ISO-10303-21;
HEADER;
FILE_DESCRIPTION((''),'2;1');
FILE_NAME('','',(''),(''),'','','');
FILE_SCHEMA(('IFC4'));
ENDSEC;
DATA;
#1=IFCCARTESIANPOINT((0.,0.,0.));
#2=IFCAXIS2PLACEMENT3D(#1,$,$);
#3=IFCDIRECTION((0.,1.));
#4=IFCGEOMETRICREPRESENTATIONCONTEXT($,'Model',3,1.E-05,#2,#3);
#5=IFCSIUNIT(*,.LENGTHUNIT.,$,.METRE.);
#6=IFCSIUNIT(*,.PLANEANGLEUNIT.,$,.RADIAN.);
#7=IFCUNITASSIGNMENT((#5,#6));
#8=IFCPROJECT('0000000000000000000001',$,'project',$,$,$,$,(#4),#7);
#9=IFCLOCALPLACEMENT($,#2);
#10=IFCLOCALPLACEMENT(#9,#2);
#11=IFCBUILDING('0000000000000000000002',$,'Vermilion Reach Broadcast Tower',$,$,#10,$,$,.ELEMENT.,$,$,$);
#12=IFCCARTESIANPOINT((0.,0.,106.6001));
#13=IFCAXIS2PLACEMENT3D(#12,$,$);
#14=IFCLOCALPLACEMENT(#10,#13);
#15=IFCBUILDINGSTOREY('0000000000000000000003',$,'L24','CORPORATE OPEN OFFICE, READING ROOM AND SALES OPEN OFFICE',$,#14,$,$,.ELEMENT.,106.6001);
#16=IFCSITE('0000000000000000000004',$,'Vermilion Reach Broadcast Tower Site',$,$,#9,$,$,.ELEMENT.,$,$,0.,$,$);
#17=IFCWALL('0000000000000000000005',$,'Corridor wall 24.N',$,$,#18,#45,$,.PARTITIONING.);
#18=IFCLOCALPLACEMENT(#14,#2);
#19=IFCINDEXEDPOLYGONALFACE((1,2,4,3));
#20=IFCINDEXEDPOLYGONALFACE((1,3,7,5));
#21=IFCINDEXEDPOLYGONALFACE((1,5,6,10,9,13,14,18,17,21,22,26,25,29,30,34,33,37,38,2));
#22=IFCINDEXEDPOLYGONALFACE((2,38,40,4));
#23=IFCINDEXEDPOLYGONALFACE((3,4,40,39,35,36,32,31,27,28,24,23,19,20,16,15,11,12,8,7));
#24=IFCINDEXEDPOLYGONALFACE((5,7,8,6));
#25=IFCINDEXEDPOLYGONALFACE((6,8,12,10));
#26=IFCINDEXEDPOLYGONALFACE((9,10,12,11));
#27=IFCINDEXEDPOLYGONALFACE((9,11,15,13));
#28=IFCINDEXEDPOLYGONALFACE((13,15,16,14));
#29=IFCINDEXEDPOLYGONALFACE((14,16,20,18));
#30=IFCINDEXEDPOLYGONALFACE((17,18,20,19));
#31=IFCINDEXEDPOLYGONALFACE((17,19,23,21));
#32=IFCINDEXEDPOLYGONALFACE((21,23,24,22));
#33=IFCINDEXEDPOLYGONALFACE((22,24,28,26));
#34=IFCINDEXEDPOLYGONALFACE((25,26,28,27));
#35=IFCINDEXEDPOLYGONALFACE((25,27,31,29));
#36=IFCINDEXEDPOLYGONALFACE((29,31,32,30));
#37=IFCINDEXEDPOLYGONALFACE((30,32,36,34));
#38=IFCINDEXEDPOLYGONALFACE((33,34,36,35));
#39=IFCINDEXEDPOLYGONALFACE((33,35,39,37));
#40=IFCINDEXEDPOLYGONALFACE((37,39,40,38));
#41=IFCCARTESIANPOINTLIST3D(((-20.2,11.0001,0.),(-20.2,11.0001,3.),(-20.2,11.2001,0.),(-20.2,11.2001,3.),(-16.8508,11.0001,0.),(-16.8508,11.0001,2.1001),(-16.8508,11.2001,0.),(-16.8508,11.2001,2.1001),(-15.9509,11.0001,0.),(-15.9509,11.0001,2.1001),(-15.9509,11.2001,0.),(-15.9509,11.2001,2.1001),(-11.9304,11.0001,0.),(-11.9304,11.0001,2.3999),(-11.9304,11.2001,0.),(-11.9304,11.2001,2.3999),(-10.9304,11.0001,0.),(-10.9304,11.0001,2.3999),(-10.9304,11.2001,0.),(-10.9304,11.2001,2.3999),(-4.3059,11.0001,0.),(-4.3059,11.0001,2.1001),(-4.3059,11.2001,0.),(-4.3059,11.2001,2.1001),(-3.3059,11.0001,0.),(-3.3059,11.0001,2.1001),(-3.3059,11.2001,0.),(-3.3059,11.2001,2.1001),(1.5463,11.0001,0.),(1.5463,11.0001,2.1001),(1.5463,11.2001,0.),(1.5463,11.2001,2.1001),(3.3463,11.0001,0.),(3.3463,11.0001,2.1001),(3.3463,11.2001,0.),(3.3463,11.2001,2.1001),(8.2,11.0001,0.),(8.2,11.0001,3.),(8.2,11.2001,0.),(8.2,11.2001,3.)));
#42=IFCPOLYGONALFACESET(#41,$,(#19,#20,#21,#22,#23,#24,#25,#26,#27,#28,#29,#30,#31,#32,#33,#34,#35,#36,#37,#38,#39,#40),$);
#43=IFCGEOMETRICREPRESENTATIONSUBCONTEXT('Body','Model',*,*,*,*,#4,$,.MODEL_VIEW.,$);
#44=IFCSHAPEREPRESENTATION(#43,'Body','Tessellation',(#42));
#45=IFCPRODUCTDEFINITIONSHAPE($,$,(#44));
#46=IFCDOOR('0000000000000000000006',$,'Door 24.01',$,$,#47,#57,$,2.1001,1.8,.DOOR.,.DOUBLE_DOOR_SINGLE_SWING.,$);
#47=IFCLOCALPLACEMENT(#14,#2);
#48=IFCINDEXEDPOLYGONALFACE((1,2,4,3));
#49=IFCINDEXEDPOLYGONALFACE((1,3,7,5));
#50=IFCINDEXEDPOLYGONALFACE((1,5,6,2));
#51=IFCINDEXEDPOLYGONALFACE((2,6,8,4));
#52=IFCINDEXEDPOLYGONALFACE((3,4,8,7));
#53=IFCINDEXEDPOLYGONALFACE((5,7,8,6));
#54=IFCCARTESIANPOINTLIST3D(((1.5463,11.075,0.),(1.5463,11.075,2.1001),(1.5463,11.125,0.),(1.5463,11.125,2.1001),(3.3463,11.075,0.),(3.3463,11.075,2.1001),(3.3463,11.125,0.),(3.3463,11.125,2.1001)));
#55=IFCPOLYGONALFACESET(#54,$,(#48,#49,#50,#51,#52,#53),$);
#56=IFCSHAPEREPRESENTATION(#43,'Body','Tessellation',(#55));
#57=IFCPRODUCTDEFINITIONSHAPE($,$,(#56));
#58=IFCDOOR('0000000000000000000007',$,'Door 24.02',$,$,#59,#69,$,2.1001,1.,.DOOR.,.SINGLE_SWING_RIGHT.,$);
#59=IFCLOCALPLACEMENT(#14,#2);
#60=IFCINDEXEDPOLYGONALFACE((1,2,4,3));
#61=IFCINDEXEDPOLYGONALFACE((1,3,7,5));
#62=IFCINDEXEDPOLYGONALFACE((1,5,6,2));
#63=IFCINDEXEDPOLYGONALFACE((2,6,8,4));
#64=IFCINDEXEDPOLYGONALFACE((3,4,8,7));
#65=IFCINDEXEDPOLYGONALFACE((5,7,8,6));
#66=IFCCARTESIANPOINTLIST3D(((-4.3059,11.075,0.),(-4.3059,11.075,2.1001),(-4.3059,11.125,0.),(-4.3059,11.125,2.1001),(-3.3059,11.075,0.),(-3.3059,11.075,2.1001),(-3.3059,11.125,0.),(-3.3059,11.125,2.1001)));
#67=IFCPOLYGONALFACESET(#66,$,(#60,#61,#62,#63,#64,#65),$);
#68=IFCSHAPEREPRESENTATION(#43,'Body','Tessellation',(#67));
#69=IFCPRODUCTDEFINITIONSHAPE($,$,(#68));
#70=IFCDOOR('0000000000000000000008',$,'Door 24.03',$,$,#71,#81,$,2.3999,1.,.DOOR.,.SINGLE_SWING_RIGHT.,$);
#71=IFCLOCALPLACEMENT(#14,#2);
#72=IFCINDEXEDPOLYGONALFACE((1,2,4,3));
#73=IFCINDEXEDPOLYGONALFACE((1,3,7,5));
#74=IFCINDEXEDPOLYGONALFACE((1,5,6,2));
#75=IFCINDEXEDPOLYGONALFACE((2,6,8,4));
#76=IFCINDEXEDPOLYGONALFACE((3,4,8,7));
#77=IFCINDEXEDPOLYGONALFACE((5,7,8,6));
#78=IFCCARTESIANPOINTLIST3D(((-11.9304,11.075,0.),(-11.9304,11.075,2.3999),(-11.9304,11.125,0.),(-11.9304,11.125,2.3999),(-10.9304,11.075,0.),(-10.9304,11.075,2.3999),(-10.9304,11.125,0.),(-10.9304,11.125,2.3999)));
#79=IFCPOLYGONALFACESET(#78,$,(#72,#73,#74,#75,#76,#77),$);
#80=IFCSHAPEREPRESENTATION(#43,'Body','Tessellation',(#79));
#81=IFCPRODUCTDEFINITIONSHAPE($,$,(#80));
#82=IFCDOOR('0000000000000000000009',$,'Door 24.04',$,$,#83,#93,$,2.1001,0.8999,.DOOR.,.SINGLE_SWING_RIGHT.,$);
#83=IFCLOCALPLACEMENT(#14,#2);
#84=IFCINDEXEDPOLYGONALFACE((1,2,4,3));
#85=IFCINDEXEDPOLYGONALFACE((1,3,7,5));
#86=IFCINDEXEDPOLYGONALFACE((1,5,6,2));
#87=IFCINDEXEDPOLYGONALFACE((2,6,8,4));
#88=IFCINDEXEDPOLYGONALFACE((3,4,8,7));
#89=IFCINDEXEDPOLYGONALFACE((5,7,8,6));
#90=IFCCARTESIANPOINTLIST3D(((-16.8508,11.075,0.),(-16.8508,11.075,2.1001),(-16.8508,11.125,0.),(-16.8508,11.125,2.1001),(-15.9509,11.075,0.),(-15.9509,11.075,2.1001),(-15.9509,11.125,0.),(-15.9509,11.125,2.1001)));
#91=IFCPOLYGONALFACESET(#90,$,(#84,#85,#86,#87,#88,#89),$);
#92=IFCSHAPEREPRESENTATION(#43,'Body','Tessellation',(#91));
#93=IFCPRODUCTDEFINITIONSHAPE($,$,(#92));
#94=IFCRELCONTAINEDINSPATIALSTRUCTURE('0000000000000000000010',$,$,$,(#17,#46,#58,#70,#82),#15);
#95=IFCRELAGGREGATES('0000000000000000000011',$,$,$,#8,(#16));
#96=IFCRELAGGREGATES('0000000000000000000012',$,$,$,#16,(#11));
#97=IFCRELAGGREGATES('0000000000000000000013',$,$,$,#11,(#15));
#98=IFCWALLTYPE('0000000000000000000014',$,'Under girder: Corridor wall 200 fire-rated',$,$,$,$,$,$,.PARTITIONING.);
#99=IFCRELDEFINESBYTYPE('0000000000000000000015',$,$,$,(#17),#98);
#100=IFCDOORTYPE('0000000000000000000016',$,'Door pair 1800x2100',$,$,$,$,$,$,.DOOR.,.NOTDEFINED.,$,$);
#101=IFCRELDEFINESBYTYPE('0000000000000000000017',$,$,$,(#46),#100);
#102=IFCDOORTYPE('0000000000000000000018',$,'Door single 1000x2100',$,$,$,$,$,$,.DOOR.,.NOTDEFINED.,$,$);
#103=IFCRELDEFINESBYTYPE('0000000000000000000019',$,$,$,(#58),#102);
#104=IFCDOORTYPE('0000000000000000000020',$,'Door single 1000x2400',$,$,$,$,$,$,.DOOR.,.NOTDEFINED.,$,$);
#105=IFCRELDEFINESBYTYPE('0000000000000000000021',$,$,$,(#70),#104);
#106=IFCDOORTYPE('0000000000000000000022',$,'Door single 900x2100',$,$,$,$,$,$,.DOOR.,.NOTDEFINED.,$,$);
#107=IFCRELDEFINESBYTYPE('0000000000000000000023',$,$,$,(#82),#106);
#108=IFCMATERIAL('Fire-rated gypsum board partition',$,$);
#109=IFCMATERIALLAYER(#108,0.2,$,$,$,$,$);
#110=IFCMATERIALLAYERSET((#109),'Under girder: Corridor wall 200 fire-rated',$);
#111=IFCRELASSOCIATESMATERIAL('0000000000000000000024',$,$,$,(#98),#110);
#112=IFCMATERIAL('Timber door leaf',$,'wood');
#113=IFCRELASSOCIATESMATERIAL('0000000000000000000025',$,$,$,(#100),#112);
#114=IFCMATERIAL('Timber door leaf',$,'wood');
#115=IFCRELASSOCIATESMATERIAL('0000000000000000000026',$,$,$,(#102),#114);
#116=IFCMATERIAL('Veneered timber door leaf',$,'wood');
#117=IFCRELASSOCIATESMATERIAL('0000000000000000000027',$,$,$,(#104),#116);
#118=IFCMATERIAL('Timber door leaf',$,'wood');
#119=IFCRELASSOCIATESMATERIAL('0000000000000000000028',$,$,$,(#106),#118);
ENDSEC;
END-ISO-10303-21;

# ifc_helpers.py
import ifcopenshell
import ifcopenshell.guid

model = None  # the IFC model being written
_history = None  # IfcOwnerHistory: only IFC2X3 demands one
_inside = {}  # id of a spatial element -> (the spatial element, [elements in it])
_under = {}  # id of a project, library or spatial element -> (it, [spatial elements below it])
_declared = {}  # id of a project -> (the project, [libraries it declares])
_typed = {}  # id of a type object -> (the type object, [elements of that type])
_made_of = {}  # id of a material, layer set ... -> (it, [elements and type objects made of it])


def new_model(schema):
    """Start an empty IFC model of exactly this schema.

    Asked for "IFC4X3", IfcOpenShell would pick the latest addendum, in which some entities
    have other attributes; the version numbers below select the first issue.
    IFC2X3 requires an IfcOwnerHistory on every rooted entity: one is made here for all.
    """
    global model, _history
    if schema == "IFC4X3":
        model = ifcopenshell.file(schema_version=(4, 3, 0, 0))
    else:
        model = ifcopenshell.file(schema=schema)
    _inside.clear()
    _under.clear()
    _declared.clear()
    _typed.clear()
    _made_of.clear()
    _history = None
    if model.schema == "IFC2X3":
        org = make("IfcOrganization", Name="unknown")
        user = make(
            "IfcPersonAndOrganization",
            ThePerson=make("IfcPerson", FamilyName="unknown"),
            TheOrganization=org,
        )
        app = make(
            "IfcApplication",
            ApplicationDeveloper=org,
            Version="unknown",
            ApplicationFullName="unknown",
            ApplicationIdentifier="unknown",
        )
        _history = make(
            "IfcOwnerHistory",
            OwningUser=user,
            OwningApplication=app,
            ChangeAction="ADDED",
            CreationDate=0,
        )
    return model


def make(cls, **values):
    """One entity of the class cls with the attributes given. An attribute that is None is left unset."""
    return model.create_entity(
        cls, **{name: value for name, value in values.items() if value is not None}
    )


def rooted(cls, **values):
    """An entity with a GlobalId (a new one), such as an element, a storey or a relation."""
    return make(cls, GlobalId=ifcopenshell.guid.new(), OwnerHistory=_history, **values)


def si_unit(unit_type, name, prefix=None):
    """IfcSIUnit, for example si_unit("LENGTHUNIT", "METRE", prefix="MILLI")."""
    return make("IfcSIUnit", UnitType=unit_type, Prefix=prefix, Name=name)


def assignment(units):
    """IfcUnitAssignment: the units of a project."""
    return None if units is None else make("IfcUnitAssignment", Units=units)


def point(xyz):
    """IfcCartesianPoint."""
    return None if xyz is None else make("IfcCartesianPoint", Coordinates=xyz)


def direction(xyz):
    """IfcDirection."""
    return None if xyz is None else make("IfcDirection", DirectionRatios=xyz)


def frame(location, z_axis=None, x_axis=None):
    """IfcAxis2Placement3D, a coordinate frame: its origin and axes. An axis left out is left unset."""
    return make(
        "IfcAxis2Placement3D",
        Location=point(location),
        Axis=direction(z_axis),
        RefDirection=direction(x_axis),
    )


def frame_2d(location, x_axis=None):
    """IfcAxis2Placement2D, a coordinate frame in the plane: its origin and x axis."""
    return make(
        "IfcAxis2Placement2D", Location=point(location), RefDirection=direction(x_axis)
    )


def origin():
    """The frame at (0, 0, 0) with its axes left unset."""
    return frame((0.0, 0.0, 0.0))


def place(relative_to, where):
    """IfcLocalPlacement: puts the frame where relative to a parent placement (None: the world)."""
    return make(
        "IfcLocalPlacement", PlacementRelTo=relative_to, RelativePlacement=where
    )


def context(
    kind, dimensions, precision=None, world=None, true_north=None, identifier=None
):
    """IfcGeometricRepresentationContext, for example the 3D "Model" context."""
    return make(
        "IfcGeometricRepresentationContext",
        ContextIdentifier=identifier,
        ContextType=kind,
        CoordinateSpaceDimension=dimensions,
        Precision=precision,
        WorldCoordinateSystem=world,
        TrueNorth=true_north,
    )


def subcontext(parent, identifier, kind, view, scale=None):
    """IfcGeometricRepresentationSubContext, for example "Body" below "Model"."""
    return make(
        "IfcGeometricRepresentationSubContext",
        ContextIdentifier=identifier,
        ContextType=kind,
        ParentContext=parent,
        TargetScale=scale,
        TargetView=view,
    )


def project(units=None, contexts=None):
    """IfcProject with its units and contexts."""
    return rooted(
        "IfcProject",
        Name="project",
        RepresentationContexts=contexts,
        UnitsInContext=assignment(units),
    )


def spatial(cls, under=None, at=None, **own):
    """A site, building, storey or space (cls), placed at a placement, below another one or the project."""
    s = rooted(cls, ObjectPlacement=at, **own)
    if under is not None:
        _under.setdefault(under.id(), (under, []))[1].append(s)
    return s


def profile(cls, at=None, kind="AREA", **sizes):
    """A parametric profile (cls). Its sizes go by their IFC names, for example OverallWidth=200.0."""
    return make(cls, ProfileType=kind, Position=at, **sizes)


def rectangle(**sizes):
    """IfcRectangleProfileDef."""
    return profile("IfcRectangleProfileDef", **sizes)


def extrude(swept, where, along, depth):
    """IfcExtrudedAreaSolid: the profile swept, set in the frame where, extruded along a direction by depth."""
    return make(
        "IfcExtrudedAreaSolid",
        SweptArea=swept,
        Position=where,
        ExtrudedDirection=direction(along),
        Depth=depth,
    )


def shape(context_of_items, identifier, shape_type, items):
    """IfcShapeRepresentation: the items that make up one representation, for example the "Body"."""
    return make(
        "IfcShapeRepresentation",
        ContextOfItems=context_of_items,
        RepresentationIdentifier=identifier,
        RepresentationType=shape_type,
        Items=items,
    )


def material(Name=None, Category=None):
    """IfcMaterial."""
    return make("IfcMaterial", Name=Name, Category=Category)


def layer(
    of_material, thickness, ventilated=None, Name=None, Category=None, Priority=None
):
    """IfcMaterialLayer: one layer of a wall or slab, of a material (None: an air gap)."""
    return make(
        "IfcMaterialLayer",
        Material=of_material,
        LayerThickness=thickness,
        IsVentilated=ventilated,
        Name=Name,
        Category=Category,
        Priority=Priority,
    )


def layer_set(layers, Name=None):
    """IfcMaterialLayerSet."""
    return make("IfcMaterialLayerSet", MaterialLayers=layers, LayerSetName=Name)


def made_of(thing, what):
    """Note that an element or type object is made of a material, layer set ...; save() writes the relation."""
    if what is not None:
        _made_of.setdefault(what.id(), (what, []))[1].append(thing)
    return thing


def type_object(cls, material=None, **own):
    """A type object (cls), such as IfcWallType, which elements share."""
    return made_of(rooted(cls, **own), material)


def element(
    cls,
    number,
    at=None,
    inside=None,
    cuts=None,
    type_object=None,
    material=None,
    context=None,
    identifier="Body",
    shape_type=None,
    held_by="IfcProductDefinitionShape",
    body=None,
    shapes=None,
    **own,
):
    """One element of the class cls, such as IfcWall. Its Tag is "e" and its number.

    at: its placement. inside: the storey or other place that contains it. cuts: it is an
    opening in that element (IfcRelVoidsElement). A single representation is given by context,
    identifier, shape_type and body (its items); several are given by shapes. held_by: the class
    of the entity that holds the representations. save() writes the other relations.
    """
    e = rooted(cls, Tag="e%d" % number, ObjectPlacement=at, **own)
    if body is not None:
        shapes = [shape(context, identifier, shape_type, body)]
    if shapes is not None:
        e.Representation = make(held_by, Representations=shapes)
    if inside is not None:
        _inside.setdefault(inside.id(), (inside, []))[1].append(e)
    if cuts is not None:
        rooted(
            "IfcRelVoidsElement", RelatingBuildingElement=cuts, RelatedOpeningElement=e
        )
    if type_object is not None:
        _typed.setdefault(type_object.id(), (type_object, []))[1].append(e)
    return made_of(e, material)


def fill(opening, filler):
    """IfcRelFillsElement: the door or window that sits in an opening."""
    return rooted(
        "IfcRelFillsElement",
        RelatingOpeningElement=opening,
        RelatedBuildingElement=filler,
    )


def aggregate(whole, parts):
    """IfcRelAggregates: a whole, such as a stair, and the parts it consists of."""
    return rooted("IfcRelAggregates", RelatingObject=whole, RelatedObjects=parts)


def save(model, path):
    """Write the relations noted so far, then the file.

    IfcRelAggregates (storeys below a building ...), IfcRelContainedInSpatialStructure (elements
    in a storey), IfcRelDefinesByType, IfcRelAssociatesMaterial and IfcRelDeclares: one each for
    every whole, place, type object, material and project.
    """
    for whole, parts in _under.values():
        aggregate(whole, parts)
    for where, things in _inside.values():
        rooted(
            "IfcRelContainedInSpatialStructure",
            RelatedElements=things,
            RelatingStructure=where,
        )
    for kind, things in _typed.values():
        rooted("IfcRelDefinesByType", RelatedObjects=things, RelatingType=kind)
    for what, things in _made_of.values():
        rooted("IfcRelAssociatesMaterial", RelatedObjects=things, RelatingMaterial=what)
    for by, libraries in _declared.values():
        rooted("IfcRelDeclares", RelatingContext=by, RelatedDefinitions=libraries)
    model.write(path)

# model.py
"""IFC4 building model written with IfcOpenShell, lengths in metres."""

from ifc_helpers import new_model, si_unit, direction, frame, frame_2d, origin, place, context, subcontext, project, spatial, rectangle, extrude, material, layer, layer_set, type_object, element, fill, save


model = new_model("IFC4")

# Units and contexts
model_context = context("Model", 3, precision=1e-05, world=origin(), true_north=direction((0.0, 1.0)))
body_context = subcontext(model_context, "Body", "Model", "MODEL_VIEW")
ifc_project = project(units=[si_unit("LENGTHUNIT", "METRE"), si_unit("PLANEANGLEUNIT", "RADIAN")], contexts=[model_context])

# Site, building, storey
site_placement = place(None, origin())
site = spatial("IfcSite", under=ifc_project, at=site_placement, Name="Vermilion Reach Broadcast Tower Site", CompositionType="ELEMENT", RefElevation=0.0)
building_placement = place(site_placement, origin())
building = spatial("IfcBuilding", under=site, at=building_placement, Name="Vermilion Reach Broadcast Tower", CompositionType="ELEMENT")
storey_placement = place(building_placement, frame((0.0, 0.0, 106.6001)))
storey = spatial("IfcBuildingStorey", under=building, at=storey_placement, Name="L24", Description="CORPORATE OPEN OFFICE, READING ROOM AND SALES OPEN OFFICE", CompositionType="ELEMENT", Elevation=106.6001)

# Wall, openings, doors
ifc_material_1 = material(Name="Fire-rated gypsum board partition")
ifc_layer_1 = layer(ifc_material_1, 0.2)
ifc_layer_set_1 = layer_set([ifc_layer_1], Name="Under girder: Corridor wall 200 fire-rated")
wall_type_1 = type_object("IfcWallType", Name="Under girder: Corridor wall 200 fire-rated", PredefinedType="PARTITIONING", material=ifc_layer_set_1)
wall_1_placement = place(storey_placement, frame((-20.2, 11.1001, 0.0), z_axis=(0.0, 0.0, 1.0), x_axis=(1.0, 0.0, 0.0)))
wall_1 = element("IfcWall", 1, at=wall_1_placement, inside=storey, type_object=wall_type_1, Name="Corridor wall 24.N", PredefinedType="PARTITIONING", context=body_context, shape_type="SweptSolid", body=[
    extrude(rectangle(XDim=28.3999, YDim=0.2, at=frame_2d((14.2, 0.0))), origin(), (0.0, 0.0, 1.0), 3.0),
])
opening_1_placement = place(wall_1_placement, frame((21.7463, 0.0, 0.0)))
opening_1 = element("IfcOpeningElement", 2, at=opening_1_placement, cuts=wall_1, PredefinedType="OPENING", context=body_context, shape_type="SweptSolid", body=[
    extrude(rectangle(XDim=1.8, YDim=2.1001, at=frame_2d((0.8999, 1.05))), frame((0.0, 0.1099, 0.0), z_axis=(0.0, -1.0, 0.0), x_axis=(1.0, 0.0, 0.0)), (0.0, 0.0, 1.0), 0.22),
])
opening_2_placement = place(wall_1_placement, frame((15.894, 0.0, 0.0)))
opening_2 = element("IfcOpeningElement", 3, at=opening_2_placement, cuts=wall_1, PredefinedType="OPENING", context=body_context, shape_type="SweptSolid", body=[
    extrude(rectangle(XDim=1.0, YDim=2.1001, at=frame_2d((0.5, 1.05))), frame((0.0, 0.1099, 0.0), z_axis=(0.0, -1.0, 0.0), x_axis=(1.0, 0.0, 0.0)), (0.0, 0.0, 1.0), 0.22),
])
opening_3_placement = place(wall_1_placement, frame((8.2695, 0.0, 0.0)))
opening_3 = element("IfcOpeningElement", 4, at=opening_3_placement, cuts=wall_1, PredefinedType="OPENING", context=body_context, shape_type="SweptSolid", body=[
    extrude(rectangle(XDim=1.0, YDim=2.3999, at=frame_2d((0.5, 1.2))), frame((0.0, 0.1099, 0.0), z_axis=(0.0, -1.0, 0.0), x_axis=(1.0, 0.0, 0.0)), (0.0, 0.0, 1.0), 0.22),
])
opening_4_placement = place(wall_1_placement, frame((3.3491, 0.0, 0.0)))
opening_4 = element("IfcOpeningElement", 5, at=opening_4_placement, cuts=wall_1, PredefinedType="OPENING", context=body_context, shape_type="SweptSolid", body=[
    extrude(rectangle(XDim=0.8999, YDim=2.1001, at=frame_2d((0.45, 1.05))), frame((0.0, 0.1099, 0.0), z_axis=(0.0, -1.0, 0.0), x_axis=(1.0, 0.0, 0.0)), (0.0, 0.0, 1.0), 0.22),
])
ifc_material_2 = material(Name="Timber door leaf", Category="wood")
door_type_1 = type_object("IfcDoorType", Name="Door pair 1800x2100", OperationType="NOTDEFINED", PredefinedType="DOOR", material=ifc_material_2)
door_1_placement = place(opening_1_placement, origin())
door_1 = element("IfcDoor", 6, at=door_1_placement, inside=storey, type_object=door_type_1, Name="Door 24.01", OperationType="DOUBLE_DOOR_SINGLE_SWING", OverallHeight=2.1001, OverallWidth=1.8, PredefinedType="DOOR", context=body_context, shape_type="SweptSolid", body=[
    extrude(rectangle(XDim=1.8, YDim=2.1001, at=frame_2d((0.8999, 1.05))), frame((0.0, 0.0249, 0.0), z_axis=(0.0, -1.0, 0.0), x_axis=(1.0, 0.0, 0.0)), (0.0, 0.0, 1.0), 0.05),
])
fill(opening_1, door_1)
ifc_material_3 = material(Name="Timber door leaf", Category="wood")
door_type_2 = type_object("IfcDoorType", Name="Door single 1000x2100", OperationType="NOTDEFINED", PredefinedType="DOOR", material=ifc_material_3)
door_2_placement = place(opening_2_placement, origin())
door_2 = element("IfcDoor", 7, at=door_2_placement, inside=storey, type_object=door_type_2, Name="Door 24.02", OperationType="SINGLE_SWING_RIGHT", OverallHeight=2.1001, OverallWidth=1.0, PredefinedType="DOOR", context=body_context, shape_type="SweptSolid", body=[
    extrude(rectangle(XDim=1.0, YDim=2.1001, at=frame_2d((0.5, 1.05))), frame((0.0, 0.0249, 0.0), z_axis=(0.0, -1.0, 0.0), x_axis=(1.0, 0.0, 0.0)), (0.0, 0.0, 1.0), 0.05),
])
fill(opening_2, door_2)
ifc_material_4 = material(Name="Veneered timber door leaf", Category="wood")
door_type_3 = type_object("IfcDoorType", Name="Door single 1000x2400", OperationType="NOTDEFINED", PredefinedType="DOOR", material=ifc_material_4)
door_3_placement = place(opening_3_placement, origin())
door_3 = element("IfcDoor", 8, at=door_3_placement, inside=storey, type_object=door_type_3, Name="Door 24.03", OperationType="SINGLE_SWING_RIGHT", OverallHeight=2.3999, OverallWidth=1.0, PredefinedType="DOOR", context=body_context, shape_type="SweptSolid", body=[
    extrude(rectangle(XDim=1.0, YDim=2.3999, at=frame_2d((0.5, 1.2))), frame((0.0, 0.0249, 0.0), z_axis=(0.0, -1.0, 0.0), x_axis=(1.0, 0.0, 0.0)), (0.0, 0.0, 1.0), 0.05),
])
fill(opening_3, door_3)
ifc_material_5 = material(Name="Timber door leaf", Category="wood")
door_type_4 = type_object("IfcDoorType", Name="Door single 900x2100", OperationType="NOTDEFINED", PredefinedType="DOOR", material=ifc_material_5)
door_4_placement = place(opening_4_placement, origin())
door_4 = element("IfcDoor", 9, at=door_4_placement, inside=storey, type_object=door_type_4, Name="Door 24.04", OperationType="SINGLE_SWING_RIGHT", OverallHeight=2.1001, OverallWidth=0.8999, PredefinedType="DOOR", context=body_context, shape_type="SweptSolid", body=[
    extrude(rectangle(XDim=0.8999, YDim=2.1001, at=frame_2d((0.45, 1.05))), frame((0.0, 0.0249, 0.0), z_axis=(0.0, -1.0, 0.0), x_axis=(1.0, 0.0, 0.0)), (0.0, 0.0, 1.0), 0.05),
])
fill(opening_4, door_4)

save(model, "model.ifc")
